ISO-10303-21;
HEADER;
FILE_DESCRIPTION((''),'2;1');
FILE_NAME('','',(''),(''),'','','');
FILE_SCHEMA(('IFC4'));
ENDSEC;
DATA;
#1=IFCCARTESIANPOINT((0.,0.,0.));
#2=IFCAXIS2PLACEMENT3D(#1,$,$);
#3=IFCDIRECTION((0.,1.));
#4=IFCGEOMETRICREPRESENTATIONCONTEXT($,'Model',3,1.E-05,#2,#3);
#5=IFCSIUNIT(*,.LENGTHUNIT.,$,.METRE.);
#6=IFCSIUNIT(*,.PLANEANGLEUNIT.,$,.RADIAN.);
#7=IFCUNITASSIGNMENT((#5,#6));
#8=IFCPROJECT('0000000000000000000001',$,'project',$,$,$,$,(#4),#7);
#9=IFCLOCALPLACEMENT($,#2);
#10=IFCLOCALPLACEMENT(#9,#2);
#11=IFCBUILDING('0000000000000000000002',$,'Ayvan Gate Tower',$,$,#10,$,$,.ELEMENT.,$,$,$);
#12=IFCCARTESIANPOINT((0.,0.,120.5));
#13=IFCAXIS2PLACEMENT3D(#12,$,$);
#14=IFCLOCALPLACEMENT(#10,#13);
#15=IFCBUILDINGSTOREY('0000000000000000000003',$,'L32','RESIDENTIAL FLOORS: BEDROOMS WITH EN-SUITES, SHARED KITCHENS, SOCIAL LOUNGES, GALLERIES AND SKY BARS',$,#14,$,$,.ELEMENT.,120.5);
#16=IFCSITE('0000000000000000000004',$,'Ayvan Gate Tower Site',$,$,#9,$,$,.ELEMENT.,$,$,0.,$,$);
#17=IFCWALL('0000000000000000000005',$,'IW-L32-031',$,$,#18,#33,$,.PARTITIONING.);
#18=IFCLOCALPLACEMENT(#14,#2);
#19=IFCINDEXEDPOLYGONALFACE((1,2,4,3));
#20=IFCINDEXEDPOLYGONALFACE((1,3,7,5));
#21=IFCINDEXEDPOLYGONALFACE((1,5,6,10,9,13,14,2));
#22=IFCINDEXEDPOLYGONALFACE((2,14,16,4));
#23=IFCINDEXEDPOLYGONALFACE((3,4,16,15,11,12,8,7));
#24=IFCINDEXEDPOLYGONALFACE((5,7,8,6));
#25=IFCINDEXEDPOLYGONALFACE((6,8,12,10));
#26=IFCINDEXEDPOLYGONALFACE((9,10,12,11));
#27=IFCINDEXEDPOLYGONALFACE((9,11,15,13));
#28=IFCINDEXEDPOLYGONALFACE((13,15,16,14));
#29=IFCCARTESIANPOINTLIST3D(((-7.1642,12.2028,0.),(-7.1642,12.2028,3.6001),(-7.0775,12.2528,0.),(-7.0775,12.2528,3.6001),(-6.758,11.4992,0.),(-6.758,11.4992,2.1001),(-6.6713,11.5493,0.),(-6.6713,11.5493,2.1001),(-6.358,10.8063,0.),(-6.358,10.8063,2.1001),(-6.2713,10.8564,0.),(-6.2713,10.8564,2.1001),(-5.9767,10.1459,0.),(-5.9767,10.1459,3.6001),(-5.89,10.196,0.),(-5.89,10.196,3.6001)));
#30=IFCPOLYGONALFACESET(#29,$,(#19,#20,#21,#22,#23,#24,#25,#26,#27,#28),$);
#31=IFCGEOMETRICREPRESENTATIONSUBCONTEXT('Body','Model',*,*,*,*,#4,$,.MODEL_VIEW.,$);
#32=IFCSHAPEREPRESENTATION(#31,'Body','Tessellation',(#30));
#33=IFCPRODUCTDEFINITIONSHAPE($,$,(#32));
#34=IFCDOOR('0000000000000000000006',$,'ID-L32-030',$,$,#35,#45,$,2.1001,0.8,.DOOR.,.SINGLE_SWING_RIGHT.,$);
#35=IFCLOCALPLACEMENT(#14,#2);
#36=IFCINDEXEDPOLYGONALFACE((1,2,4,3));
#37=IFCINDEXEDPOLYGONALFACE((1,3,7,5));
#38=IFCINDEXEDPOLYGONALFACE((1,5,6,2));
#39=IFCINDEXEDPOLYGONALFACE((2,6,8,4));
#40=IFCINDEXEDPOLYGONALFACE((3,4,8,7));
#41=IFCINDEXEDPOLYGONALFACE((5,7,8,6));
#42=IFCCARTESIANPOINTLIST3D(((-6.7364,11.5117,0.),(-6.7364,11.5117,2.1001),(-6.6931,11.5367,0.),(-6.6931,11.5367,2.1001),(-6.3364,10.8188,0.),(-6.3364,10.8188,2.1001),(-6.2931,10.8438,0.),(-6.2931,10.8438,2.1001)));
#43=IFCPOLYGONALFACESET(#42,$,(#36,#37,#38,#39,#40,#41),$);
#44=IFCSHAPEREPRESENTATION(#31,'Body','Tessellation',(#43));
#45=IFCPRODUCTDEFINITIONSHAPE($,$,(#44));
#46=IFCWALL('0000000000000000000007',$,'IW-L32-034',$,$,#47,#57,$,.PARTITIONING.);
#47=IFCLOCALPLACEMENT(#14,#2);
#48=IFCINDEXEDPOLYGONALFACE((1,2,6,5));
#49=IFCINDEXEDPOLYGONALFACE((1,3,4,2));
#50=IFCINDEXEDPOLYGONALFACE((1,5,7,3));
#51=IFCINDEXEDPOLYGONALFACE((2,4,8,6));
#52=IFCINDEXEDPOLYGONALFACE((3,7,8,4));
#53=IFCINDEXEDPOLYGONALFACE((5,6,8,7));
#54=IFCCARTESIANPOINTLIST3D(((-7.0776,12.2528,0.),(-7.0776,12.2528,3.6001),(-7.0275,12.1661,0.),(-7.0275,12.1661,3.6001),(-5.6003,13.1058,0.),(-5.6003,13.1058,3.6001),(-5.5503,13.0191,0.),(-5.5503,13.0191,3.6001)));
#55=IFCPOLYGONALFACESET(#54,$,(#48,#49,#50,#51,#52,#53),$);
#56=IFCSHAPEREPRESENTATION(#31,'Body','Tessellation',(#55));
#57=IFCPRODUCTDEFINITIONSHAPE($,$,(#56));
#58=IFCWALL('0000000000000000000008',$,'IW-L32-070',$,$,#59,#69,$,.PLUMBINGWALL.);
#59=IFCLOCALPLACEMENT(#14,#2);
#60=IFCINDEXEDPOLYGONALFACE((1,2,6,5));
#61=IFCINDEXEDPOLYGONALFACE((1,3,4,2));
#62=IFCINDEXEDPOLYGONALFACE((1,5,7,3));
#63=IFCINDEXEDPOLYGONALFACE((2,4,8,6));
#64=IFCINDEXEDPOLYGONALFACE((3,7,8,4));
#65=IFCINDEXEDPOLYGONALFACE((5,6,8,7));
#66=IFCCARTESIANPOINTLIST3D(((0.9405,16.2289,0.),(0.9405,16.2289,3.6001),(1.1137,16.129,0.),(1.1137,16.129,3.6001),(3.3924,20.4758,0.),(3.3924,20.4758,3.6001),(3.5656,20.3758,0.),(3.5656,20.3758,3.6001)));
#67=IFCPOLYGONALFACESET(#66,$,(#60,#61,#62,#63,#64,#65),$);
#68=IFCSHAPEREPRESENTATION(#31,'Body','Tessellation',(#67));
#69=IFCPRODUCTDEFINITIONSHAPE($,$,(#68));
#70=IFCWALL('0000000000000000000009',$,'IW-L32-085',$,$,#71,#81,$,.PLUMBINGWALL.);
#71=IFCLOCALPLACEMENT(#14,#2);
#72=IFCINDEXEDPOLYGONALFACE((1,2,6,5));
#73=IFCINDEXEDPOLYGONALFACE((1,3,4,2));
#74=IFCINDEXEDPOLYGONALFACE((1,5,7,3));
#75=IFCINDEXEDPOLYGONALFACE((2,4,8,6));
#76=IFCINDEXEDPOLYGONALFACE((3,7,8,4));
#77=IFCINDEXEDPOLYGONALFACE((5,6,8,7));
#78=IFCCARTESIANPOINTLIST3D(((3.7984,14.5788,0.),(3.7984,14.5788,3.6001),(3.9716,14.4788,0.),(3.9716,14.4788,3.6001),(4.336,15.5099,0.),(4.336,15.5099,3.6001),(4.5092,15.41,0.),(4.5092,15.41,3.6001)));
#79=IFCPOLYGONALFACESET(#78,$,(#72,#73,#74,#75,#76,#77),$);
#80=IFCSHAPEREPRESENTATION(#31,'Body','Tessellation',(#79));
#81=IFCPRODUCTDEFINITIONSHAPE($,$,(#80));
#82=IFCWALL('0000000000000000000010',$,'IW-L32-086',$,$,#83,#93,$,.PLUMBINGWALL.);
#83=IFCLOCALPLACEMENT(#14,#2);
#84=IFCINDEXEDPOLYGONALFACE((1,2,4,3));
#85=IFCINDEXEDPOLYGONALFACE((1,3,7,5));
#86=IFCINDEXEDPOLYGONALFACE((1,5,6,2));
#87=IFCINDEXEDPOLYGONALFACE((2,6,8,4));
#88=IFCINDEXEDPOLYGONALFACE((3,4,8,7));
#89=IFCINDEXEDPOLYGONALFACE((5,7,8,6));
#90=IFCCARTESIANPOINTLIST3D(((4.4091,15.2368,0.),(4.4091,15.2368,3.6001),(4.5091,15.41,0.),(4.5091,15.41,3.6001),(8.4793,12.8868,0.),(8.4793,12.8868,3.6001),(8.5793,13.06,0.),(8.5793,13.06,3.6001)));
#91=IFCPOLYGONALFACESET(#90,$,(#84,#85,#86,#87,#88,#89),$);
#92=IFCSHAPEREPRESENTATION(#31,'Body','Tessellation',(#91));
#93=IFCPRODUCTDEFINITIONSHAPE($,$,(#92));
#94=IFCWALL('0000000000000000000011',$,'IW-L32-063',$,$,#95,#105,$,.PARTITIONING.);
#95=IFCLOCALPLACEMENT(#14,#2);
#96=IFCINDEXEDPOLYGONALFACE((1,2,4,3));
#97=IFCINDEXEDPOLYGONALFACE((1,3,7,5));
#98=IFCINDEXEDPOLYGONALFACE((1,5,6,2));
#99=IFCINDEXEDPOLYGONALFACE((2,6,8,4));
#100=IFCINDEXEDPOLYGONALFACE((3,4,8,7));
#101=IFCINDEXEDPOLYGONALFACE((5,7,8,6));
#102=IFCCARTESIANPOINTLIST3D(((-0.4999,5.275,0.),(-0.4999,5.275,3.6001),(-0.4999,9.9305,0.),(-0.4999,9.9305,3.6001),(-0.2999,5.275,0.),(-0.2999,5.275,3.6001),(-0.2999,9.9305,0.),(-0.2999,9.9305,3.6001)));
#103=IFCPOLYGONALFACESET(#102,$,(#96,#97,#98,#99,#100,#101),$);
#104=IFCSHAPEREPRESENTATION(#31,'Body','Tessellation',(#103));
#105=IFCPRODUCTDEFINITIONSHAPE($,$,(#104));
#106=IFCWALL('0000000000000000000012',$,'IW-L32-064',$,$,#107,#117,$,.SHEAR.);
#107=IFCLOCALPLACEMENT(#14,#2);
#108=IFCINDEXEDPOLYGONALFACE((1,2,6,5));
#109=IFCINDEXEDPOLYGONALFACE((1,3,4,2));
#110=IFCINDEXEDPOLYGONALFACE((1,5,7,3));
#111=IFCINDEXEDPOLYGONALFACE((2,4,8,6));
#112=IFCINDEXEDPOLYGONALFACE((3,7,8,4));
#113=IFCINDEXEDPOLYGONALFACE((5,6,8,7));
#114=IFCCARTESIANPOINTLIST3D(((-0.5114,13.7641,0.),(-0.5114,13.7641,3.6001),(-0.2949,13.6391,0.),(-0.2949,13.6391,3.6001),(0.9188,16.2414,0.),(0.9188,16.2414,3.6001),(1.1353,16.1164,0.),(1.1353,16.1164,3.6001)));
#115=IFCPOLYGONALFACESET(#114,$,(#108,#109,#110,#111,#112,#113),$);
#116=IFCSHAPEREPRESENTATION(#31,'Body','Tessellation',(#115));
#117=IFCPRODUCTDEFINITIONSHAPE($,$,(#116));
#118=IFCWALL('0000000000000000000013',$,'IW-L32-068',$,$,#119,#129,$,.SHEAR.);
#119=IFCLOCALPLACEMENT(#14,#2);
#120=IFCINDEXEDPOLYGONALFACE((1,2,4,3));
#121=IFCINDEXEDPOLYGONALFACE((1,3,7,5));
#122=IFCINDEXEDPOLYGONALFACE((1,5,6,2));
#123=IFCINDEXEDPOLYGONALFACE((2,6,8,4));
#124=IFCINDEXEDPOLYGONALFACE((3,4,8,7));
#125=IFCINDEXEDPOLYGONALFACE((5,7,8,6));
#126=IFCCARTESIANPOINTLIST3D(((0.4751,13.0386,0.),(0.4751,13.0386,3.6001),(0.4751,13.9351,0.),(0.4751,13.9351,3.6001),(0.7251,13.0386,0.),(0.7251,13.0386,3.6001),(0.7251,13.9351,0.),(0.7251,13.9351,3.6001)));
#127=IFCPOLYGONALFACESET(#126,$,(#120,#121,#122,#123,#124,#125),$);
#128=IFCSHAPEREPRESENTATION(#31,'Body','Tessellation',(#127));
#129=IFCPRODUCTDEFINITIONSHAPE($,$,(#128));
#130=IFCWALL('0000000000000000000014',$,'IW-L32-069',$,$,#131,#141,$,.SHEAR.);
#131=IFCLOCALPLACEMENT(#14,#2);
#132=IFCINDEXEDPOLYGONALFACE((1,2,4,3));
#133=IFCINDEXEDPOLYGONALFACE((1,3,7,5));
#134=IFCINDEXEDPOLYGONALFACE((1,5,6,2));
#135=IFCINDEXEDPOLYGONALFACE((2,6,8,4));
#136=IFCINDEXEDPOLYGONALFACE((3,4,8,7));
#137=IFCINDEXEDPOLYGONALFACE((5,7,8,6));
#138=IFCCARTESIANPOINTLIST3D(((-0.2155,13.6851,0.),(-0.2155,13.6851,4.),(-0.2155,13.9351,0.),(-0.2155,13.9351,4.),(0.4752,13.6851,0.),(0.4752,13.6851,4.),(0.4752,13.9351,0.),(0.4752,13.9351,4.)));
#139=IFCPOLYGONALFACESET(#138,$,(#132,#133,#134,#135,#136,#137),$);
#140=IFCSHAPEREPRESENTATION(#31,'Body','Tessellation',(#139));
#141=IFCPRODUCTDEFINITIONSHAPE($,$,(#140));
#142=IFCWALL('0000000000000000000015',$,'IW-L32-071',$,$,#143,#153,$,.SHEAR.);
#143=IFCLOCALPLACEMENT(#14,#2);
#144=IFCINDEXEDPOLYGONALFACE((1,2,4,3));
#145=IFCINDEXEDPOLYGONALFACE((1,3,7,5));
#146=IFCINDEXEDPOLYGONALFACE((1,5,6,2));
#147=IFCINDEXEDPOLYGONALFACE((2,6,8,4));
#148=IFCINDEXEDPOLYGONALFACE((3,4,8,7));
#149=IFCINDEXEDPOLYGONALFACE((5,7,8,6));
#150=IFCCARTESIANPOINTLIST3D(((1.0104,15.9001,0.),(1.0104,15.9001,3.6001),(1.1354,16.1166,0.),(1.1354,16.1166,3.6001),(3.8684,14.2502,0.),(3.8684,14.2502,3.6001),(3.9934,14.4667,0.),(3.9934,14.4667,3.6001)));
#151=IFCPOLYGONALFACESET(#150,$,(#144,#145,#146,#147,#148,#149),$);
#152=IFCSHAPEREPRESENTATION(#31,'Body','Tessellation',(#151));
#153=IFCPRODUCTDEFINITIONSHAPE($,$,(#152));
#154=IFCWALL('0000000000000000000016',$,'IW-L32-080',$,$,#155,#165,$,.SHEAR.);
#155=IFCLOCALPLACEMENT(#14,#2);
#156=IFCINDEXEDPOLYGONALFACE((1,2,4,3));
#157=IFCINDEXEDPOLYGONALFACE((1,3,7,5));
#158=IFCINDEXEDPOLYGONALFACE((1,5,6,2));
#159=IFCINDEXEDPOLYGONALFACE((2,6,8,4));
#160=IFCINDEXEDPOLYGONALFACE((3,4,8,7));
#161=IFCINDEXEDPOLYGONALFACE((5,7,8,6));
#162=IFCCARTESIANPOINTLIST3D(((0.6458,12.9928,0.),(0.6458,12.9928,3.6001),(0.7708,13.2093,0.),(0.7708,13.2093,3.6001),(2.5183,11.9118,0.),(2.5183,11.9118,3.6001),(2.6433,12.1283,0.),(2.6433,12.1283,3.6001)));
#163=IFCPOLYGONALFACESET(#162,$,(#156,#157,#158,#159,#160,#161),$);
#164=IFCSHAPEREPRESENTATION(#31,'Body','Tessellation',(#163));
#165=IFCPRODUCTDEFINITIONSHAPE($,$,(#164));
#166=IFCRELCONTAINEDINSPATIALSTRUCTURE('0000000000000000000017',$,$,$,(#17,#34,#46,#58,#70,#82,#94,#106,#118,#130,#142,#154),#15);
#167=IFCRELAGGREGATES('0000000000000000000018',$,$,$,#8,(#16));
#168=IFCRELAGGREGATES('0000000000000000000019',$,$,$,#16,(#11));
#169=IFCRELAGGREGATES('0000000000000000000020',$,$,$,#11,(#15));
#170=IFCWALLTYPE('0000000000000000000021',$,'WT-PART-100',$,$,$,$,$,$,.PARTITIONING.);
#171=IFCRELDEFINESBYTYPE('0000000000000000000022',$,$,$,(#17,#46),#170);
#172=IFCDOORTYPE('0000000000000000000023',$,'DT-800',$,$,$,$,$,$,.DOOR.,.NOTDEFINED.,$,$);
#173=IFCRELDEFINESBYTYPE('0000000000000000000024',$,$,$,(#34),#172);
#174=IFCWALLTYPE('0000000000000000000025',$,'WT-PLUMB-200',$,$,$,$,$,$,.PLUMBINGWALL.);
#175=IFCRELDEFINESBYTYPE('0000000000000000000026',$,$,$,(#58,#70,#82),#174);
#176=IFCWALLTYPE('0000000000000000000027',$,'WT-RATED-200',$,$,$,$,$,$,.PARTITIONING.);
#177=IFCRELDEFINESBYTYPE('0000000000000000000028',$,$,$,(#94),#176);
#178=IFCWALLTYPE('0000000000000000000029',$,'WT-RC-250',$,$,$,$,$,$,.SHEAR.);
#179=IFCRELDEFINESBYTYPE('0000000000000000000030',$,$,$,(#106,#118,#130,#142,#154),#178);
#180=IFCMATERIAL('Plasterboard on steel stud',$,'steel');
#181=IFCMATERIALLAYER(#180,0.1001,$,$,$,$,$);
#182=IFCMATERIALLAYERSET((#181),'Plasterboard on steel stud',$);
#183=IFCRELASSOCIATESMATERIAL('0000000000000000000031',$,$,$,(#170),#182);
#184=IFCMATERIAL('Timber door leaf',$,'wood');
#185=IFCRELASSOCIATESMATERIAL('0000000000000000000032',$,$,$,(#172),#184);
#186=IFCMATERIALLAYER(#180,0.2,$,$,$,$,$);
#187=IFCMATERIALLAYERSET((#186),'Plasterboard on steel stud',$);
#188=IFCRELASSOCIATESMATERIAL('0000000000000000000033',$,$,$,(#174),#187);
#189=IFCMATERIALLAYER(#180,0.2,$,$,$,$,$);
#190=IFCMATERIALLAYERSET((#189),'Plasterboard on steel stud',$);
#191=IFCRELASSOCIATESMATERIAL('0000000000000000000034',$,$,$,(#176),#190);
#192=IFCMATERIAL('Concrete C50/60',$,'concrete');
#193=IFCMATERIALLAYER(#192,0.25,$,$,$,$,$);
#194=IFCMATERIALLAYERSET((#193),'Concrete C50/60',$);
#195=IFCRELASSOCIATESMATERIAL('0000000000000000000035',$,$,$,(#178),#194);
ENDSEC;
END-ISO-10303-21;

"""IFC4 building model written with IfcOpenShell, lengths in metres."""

from ifc_helpers import new_model, si_unit, direction, frame, frame_2d, origin, place, context, subcontext, project, spatial, rectangle, extrude, material, layer, layer_set, type_object, element, fill, save


model = new_model("IFC4")

# Units and contexts
model_context = context("Model", 3, precision=1e-05, world=origin(), true_north=direction((0.0, 1.0)))
body_context = subcontext(model_context, "Body", "Model", "MODEL_VIEW")
ifc_project = project(units=[si_unit("LENGTHUNIT", "METRE"), si_unit("PLANEANGLEUNIT", "RADIAN")], contexts=[model_context])

# Site, building, storey
site_placement = place(None, origin())
site = spatial("IfcSite", under=ifc_project, at=site_placement, Name="Ayvan Gate Tower Site", CompositionType="ELEMENT", RefElevation=0.0)
building_placement = place(site_placement, origin())
building = spatial("IfcBuilding", under=site, at=building_placement, Name="Ayvan Gate Tower", CompositionType="ELEMENT")
storey_placement = place(building_placement, frame((0.0, 0.0, 120.5)))
storey = spatial("IfcBuildingStorey", under=building, at=storey_placement, Name="L32", Description="RESIDENTIAL FLOORS: BEDROOMS WITH EN-SUITES, SHARED KITCHENS, SOCIAL LOUNGES, GALLERIES AND SKY BARS", CompositionType="ELEMENT", Elevation=120.5)

# Shared definitions
ifc_material_1 = material(Name="Timber door leaf", Category="wood")

# Shared definitions
ifc_material_2 = material(Name="Plasterboard on steel stud", Category="steel")

# Wall, opening, door
ifc_layer_1 = layer(ifc_material_2, 0.1001)
ifc_layer_set_1 = layer_set([ifc_layer_1], Name="Plasterboard on steel stud")
wall_type_1 = type_object("IfcWallType", Name="WT-PART-100", PredefinedType="PARTITIONING", material=ifc_layer_set_1)
wall_1_placement = place(storey_placement, frame((-7.1208, 12.2278, 0.0), z_axis=(0.0, 0.0, 1.0), x_axis=(0.499986, -0.866033, 0.0)))
wall_1 = element("IfcWall", 1, at=wall_1_placement, inside=storey, type_object=wall_type_1, Name="IW-L32-031", PredefinedType="PARTITIONING", context=body_context, shape_type="SweptSolid", body=[
    extrude(rectangle(XDim=2.375, YDim=0.1001, at=frame_2d((1.1875, 0.0))), origin(), (0.0, 0.0, 1.0), 3.6001),
])
opening_1_placement = place(wall_1_placement, frame((0.8125, 0.0, 0.0)))
opening_1 = element("IfcOpeningElement", 2, at=opening_1_placement, cuts=wall_1, PredefinedType="OPENING", context=body_context, shape_type="SweptSolid", body=[
    extrude(rectangle(XDim=0.8, YDim=2.1001, at=frame_2d((0.3999, 1.05))), frame((0.0, 0.0601, 0.0), z_axis=(0.0, -1.0, 0.0), x_axis=(1.0, 0.0, 0.0)), (0.0, 0.0, 1.0), 0.1201),
])
door_type_1 = type_object("IfcDoorType", Name="DT-800", OperationType="NOTDEFINED", PredefinedType="DOOR", material=ifc_material_1)
door_1_placement = place(opening_1_placement, origin())
door_1 = element("IfcDoor", 3, at=door_1_placement, inside=storey, type_object=door_type_1, Name="ID-L32-030", OperationType="SINGLE_SWING_RIGHT", OverallHeight=2.1001, OverallWidth=0.8, PredefinedType="DOOR", context=body_context, shape_type="SweptSolid", body=[
    extrude(rectangle(XDim=0.8, YDim=2.1001, at=frame_2d((0.3999, 1.05))), frame((0.0, 0.0249, 0.0), z_axis=(0.0, -1.0, 0.0), x_axis=(1.0, 0.0, 0.0)), (0.0, 0.0, 1.0), 0.05),
])
fill(opening_1, door_1)

# Walls
wall_2_placement = place(storey_placement, frame((-5.5752, 13.0625, 0.0), z_axis=(0.0, 0.0, 1.0), x_axis=(-0.865997, -0.500049, 0.0)))
element("IfcWall", 4, at=wall_2_placement, inside=storey, type_object=wall_type_1, Name="IW-L32-034", PredefinedType="PARTITIONING", context=body_context, shape_type="SweptSolid", body=[
    extrude(rectangle(XDim=1.7058, YDim=0.1001, at=frame_2d((0.853, 0.0))), origin(), (0.0, 0.0, 1.0), 3.6001),
])
ifc_layer_2 = layer(ifc_material_2, 0.2)
ifc_layer_set_2 = layer_set([ifc_layer_2], Name="Plasterboard on steel stud")
wall_type_2 = type_object("IfcWallType", Name="WT-PLUMB-200", PredefinedType="PLUMBINGWALL", material=ifc_layer_set_2)
wall_3_placement = place(storey_placement, frame((1.0271, 16.179, 0.0), z_axis=(0.0, 0.0, 1.0), x_axis=(0.5, 0.866026, 0.0)))
element("IfcWall", 5, at=wall_3_placement, inside=storey, type_object=wall_type_2, Name="IW-L32-070", PredefinedType="PLUMBINGWALL", context=body_context, shape_type="SweptSolid", body=[
    extrude(rectangle(XDim=4.9038, YDim=0.2, at=frame_2d((2.4519, 0.0))), origin(), (0.0, 0.0, 1.0), 3.6001),
])
wall_4_placement = place(storey_placement, frame((3.885, 14.5288, 0.0), z_axis=(0.0, 0.0, 1.0), x_axis=(0.499998, 0.866027, 0.0)))
element("IfcWall", 6, at=wall_4_placement, inside=storey, type_object=wall_type_2, Name="IW-L32-085", PredefinedType="PLUMBINGWALL", context=body_context, shape_type="SweptSolid", body=[
    extrude(rectangle(XDim=1.0752, YDim=0.2, at=frame_2d((0.5376, 0.0))), origin(), (0.0, 0.0, 1.0), 3.6001),
])
wall_5_placement = place(storey_placement, frame((4.459, 15.3235, 0.0), z_axis=(0.0, 0.0, 1.0), x_axis=(0.866016, -0.500016, 0.0)))
element("IfcWall", 7, at=wall_5_placement, inside=storey, type_object=wall_type_2, Name="IW-L32-086", PredefinedType="PLUMBINGWALL", context=body_context, shape_type="SweptSolid", body=[
    extrude(rectangle(XDim=4.7, YDim=0.2, at=frame_2d((2.3501, 0.0))), origin(), (0.0, 0.0, 1.0), 3.6001),
])
ifc_layer_3 = layer(ifc_material_2, 0.2)
ifc_layer_set_3 = layer_set([ifc_layer_3], Name="Plasterboard on steel stud")
wall_type_3 = type_object("IfcWallType", Name="WT-RATED-200", PredefinedType="PARTITIONING", material=ifc_layer_set_3)
wall_6_placement = place(storey_placement, frame((-0.3999, 9.9304, 0.0), z_axis=(0.0, 0.0, 1.0), x_axis=(0.0, -1.0, 0.0)))
element("IfcWall", 8, at=wall_6_placement, inside=storey, type_object=wall_type_3, Name="IW-L32-063", PredefinedType="PARTITIONING", context=body_context, shape_type="SweptSolid", body=[
    extrude(rectangle(XDim=4.6555, YDim=0.2, at=frame_2d((2.3276, 0.0))), origin(), (0.0, 0.0, 1.0), 3.6001),
])
ifc_material_3 = material(Name="Concrete C50/60", Category="concrete")
ifc_layer_4 = layer(ifc_material_3, 0.25)
ifc_layer_set_4 = layer_set([ifc_layer_4], Name="Concrete C50/60")
wall_type_4 = type_object("IfcWallType", Name="WT-RC-250", PredefinedType="SHEAR", material=ifc_layer_set_4)
wall_7_placement = place(storey_placement, frame((-0.4031, 13.7017, 0.0), z_axis=(0.0, 0.0, 1.0), x_axis=(0.499976, 0.866039, 0.0)))
element("IfcWall", 9, at=wall_7_placement, inside=storey, type_object=wall_type_4, Name="IW-L32-064", PredefinedType="SHEAR", context=body_context, shape_type="SweptSolid", body=[
    extrude(rectangle(XDim=2.8606, YDim=0.25, at=frame_2d((1.4302, 0.0))), origin(), (0.0, 0.0, 1.0), 3.6001),
])
wall_8_placement = place(storey_placement, frame((0.6001, 13.0386, 0.0), z_axis=(0.0, 0.0, 1.0), x_axis=(0.0, 1.0, 0.0)))
element("IfcWall", 10, at=wall_8_placement, inside=storey, type_object=wall_type_4, Name="IW-L32-068", PredefinedType="SHEAR", context=body_context, shape_type="SweptSolid", body=[
    extrude(rectangle(XDim=0.8965, YDim=0.25, at=frame_2d((0.4482, 0.0))), origin(), (0.0, 0.0, 1.0), 3.6001),
])
wall_9_placement = place(storey_placement, frame((0.4751, 13.8101, 0.0), z_axis=(0.0, 0.0, 1.0), x_axis=(-1.0, 0.0, 0.0)))
element("IfcWall", 11, at=wall_9_placement, inside=storey, type_object=wall_type_4, Name="IW-L32-069", PredefinedType="SHEAR", context=body_context, shape_type="SweptSolid", body=[
    extrude(rectangle(XDim=0.6907, YDim=0.25, at=frame_2d((0.3452, 0.0))), origin(), (0.0, 0.0, 1.0), 4.0),
])
wall_10_placement = place(storey_placement, frame((1.073, 16.0083, 0.0), z_axis=(0.0, 0.0, 1.0), x_axis=(0.86604, -0.499974, 0.0)))
element("IfcWall", 12, at=wall_10_placement, inside=storey, type_object=wall_type_4, Name="IW-L32-071", PredefinedType="SHEAR", context=body_context, shape_type="SweptSolid", body=[
    extrude(rectangle(XDim=3.3, YDim=0.25, at=frame_2d((1.6499, 0.0))), origin(), (0.0, 0.0, 1.0), 3.6001),
])
wall_11_placement = place(storey_placement, frame((2.5808, 12.02, 0.0), z_axis=(0.0, 0.0, 1.0), x_axis=(-0.866039, 0.499977, 0.0)))
element("IfcWall", 13, at=wall_11_placement, inside=storey, type_object=wall_type_4, Name="IW-L32-080", PredefinedType="SHEAR", context=body_context, shape_type="SweptSolid", body=[
    extrude(rectangle(XDim=2.1621, YDim=0.25, at=frame_2d((1.0811, 0.0))), origin(), (0.0, 0.0, 1.0), 3.6001),
])

save(model, "model.ifc")
